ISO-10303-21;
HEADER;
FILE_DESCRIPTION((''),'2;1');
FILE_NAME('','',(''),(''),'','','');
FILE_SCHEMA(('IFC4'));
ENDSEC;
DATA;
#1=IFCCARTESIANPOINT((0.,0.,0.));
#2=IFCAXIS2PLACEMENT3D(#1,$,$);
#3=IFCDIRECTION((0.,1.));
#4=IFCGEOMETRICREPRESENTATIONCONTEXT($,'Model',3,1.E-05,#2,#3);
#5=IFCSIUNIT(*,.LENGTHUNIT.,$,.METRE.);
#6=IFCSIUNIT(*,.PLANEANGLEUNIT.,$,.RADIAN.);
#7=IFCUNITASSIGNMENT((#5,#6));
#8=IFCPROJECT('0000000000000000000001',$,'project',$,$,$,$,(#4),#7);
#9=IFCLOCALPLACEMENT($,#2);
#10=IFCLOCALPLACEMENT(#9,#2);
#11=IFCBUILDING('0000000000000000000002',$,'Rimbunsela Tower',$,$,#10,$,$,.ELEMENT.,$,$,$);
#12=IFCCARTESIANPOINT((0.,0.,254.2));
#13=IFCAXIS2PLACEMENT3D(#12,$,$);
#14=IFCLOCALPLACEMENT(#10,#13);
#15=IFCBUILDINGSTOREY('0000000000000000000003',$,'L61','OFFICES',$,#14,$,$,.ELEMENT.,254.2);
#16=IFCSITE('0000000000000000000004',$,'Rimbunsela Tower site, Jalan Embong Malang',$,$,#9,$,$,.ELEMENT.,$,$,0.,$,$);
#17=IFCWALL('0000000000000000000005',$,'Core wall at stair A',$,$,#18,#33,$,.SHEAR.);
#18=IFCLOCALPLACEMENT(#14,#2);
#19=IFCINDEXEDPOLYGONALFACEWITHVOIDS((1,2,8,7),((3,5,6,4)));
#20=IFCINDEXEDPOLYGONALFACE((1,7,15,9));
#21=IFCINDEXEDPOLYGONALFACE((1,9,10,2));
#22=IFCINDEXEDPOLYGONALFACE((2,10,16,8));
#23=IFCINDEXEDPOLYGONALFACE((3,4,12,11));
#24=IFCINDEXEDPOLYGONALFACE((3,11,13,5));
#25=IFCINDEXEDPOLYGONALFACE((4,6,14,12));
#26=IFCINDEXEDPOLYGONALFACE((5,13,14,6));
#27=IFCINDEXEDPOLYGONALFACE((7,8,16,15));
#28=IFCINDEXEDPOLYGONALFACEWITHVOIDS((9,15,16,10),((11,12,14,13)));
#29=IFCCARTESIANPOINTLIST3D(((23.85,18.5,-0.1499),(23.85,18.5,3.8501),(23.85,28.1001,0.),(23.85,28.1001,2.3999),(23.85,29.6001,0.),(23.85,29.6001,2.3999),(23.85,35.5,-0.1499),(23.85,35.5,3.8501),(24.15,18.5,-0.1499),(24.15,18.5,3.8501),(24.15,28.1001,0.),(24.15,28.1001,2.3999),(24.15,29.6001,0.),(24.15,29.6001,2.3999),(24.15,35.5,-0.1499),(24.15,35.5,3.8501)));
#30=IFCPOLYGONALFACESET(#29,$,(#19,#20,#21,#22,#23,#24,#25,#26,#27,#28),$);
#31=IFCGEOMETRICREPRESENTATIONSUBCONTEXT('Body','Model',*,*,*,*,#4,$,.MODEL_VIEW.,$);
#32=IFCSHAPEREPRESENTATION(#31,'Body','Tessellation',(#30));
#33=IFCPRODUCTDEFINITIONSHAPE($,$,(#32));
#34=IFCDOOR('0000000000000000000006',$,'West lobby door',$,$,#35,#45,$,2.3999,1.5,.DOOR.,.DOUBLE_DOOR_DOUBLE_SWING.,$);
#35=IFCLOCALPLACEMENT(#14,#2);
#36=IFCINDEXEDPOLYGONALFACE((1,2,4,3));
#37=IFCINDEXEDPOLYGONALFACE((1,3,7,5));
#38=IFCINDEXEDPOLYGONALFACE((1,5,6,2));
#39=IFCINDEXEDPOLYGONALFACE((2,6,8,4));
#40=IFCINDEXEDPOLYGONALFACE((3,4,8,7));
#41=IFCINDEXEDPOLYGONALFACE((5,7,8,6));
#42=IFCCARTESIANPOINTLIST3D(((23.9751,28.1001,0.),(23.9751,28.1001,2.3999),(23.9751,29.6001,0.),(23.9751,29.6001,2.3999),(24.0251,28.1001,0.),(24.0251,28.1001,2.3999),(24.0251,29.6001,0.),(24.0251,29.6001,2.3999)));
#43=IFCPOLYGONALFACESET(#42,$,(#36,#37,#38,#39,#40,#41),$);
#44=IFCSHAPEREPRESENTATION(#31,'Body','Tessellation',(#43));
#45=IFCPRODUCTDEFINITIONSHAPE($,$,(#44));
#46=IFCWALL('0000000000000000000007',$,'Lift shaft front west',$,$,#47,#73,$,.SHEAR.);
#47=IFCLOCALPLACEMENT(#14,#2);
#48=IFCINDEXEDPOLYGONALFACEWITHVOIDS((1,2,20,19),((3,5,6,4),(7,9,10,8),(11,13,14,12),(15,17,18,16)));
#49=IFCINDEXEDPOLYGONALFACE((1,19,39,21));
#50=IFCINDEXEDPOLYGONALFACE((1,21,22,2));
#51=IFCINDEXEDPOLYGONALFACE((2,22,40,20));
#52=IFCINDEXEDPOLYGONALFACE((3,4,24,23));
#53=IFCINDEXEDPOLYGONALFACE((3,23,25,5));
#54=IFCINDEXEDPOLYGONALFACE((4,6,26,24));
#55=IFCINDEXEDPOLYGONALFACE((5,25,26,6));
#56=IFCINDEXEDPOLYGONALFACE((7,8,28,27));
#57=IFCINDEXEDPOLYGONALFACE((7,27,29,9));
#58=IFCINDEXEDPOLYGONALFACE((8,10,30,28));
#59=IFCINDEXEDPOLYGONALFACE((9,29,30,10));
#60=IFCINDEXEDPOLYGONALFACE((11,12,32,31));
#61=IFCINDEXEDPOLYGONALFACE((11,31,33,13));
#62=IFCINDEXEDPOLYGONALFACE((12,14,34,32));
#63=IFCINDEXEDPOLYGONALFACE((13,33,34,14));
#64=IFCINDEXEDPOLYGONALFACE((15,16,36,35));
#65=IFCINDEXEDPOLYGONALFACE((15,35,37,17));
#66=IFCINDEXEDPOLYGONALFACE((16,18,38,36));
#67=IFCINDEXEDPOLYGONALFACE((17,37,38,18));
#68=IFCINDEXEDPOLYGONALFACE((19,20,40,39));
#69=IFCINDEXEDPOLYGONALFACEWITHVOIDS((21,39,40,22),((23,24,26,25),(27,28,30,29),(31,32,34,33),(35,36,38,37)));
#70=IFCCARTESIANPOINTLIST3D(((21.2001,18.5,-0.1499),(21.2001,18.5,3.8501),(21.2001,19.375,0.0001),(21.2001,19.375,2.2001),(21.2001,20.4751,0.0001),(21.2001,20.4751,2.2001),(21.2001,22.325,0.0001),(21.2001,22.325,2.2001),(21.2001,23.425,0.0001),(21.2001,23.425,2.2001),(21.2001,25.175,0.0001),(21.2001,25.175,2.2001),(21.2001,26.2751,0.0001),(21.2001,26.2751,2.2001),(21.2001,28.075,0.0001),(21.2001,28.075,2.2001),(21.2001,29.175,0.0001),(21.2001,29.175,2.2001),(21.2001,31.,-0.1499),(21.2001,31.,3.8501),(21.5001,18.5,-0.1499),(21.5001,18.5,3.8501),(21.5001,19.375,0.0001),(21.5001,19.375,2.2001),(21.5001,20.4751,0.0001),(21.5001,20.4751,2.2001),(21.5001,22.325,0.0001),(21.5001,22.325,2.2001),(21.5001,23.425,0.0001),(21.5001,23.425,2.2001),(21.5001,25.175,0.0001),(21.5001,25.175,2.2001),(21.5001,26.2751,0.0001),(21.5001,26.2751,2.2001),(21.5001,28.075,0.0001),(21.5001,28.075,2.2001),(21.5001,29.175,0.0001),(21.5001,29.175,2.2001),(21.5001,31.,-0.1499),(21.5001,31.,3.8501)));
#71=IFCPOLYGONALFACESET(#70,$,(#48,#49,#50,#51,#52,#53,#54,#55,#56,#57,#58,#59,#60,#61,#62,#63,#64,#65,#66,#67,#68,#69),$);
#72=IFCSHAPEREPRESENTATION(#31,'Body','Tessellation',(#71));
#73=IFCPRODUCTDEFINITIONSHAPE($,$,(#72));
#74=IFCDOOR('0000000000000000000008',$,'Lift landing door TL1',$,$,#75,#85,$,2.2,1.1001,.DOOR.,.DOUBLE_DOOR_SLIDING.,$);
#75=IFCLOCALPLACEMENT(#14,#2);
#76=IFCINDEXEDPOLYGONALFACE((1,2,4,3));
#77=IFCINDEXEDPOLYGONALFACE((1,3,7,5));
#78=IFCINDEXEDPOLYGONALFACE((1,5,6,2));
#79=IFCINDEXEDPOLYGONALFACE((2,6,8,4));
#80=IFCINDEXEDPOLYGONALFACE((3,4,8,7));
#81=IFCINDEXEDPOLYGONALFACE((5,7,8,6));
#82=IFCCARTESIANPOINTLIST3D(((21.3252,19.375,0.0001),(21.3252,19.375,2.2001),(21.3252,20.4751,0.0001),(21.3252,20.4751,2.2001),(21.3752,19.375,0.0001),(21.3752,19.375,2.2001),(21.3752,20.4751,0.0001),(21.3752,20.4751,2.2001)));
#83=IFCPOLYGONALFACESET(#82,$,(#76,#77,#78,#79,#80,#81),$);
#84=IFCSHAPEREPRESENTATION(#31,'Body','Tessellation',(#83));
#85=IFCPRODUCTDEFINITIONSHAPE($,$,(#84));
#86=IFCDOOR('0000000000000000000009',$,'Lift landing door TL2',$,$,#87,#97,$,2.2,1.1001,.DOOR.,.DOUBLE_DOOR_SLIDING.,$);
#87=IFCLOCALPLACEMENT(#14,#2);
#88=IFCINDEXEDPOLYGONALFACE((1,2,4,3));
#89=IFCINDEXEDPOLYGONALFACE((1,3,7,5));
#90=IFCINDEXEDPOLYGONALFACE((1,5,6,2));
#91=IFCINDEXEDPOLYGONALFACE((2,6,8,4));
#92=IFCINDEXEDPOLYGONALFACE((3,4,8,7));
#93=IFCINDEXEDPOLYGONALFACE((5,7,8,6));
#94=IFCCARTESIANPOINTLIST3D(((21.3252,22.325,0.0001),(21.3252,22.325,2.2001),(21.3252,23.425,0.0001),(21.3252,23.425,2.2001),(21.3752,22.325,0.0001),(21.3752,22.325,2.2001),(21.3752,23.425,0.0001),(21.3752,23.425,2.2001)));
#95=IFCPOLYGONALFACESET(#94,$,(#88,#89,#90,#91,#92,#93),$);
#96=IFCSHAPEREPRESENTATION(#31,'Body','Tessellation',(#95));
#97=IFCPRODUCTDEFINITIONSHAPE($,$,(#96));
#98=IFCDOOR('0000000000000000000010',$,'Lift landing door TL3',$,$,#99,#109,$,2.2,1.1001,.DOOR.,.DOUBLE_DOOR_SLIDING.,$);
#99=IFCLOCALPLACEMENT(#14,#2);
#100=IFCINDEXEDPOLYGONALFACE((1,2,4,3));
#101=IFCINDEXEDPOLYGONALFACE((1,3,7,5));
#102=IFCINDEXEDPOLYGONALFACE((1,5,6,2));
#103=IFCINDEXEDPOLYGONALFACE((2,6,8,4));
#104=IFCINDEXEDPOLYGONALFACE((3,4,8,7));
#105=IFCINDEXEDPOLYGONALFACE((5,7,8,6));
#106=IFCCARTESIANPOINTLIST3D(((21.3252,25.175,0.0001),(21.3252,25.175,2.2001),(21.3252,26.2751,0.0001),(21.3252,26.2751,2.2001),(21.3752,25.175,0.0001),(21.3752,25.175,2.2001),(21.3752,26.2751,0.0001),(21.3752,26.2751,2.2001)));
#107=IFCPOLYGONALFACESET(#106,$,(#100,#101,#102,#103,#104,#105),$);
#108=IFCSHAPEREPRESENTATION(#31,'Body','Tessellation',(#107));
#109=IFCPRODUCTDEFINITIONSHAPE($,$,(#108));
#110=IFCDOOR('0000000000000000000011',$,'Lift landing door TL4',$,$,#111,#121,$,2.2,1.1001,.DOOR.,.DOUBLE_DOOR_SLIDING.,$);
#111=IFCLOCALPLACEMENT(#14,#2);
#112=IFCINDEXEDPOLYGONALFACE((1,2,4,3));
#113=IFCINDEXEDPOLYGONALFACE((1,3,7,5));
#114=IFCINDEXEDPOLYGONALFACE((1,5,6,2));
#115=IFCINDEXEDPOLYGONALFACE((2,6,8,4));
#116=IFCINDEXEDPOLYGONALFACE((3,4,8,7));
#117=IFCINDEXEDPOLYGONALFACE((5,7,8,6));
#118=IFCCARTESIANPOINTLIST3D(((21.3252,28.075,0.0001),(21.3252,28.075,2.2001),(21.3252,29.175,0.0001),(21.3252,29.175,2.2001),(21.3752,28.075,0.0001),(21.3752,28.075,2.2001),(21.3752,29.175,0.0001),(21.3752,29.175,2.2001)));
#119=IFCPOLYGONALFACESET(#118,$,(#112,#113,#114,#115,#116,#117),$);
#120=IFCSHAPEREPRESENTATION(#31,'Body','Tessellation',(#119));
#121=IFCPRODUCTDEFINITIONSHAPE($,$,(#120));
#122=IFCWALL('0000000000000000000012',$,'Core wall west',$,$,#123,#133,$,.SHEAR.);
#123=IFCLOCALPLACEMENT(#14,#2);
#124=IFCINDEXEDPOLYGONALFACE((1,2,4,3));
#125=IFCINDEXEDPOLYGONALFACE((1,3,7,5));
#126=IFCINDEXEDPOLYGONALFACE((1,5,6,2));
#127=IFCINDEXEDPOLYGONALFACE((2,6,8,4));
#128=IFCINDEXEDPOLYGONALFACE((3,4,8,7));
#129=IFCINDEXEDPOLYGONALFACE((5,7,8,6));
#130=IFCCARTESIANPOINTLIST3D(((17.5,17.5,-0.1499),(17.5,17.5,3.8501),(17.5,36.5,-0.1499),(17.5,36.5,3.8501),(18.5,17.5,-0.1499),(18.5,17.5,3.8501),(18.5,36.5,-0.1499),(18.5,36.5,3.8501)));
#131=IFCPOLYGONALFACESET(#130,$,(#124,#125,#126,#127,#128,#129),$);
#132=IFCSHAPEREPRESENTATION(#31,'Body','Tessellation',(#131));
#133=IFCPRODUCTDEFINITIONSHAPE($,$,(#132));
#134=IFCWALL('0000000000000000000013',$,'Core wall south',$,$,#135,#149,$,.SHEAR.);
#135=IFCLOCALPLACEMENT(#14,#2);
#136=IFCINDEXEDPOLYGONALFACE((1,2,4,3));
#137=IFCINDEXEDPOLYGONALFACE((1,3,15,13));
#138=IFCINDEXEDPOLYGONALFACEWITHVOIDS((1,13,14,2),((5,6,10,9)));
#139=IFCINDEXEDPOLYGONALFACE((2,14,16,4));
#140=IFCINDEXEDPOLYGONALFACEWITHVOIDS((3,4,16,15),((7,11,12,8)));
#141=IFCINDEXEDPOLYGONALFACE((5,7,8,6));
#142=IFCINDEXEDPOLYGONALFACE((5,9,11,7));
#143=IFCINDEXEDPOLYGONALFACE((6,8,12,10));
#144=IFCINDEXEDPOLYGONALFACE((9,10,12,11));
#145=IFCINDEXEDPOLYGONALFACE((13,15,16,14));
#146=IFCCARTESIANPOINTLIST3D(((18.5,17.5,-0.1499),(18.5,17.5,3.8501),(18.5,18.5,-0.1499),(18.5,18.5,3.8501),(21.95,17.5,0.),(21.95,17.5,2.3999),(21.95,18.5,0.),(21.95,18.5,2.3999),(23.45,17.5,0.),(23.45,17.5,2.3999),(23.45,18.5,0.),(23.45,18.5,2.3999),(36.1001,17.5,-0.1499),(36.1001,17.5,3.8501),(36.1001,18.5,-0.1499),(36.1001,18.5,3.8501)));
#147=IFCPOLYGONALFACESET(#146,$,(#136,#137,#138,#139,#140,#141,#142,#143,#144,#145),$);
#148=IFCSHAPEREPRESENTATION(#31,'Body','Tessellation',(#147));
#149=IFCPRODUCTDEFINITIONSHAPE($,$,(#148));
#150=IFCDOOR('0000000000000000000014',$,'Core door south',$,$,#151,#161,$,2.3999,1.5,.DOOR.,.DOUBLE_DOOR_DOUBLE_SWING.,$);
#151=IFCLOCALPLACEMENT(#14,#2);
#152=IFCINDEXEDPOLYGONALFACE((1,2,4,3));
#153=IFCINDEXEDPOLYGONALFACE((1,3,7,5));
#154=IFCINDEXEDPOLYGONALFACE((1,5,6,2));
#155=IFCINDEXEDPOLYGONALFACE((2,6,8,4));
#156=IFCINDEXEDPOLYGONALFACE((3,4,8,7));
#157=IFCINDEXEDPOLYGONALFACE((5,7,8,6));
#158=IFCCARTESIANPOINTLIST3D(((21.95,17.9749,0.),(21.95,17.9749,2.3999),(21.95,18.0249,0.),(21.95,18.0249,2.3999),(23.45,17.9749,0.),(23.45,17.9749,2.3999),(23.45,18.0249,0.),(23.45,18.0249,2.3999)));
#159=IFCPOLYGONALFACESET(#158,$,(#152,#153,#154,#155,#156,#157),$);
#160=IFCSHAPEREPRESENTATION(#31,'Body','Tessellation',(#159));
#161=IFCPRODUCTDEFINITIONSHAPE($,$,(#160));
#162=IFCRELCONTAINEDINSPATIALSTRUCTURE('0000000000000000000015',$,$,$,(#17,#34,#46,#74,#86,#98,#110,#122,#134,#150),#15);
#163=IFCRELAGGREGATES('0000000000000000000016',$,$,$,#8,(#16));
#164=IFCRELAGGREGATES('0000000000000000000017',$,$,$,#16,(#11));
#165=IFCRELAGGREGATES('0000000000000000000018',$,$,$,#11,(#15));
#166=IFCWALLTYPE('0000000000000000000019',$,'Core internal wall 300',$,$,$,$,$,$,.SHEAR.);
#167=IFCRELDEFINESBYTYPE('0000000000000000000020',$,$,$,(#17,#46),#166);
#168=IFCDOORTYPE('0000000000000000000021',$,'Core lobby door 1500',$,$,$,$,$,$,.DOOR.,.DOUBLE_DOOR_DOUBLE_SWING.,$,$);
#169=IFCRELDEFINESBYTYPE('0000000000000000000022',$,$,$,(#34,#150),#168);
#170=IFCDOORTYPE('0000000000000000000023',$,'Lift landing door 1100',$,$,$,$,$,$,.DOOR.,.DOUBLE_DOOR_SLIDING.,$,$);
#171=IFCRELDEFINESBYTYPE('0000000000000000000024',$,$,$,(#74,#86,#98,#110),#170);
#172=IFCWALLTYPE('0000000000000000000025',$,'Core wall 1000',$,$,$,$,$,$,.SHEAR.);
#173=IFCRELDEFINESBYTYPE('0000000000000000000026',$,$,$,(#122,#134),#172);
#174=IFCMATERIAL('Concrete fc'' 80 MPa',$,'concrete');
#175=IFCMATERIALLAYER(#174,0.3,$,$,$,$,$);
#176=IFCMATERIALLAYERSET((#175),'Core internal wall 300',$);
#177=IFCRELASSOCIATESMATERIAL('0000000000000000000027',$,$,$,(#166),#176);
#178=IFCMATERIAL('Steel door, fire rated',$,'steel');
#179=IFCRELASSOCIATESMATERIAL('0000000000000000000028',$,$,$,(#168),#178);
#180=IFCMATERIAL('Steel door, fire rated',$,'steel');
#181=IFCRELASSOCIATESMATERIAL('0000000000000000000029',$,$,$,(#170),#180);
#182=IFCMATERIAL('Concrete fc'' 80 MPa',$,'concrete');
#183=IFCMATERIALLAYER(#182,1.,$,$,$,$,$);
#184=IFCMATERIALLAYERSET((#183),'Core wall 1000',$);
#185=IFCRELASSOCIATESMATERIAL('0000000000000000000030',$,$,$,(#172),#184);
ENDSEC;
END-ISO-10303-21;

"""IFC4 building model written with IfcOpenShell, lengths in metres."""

from ifc_helpers import new_model, si_unit, direction, frame, frame_2d, origin, place, context, subcontext, project, spatial, rectangle, extrude, material, layer, layer_set, type_object, element, fill, save


model = new_model("IFC4")

# Units and contexts
model_context = context("Model", 3, precision=1e-05, world=origin(), true_north=direction((0.0, 1.0)))
body_context = subcontext(model_context, "Body", "Model", "MODEL_VIEW")
ifc_project = project(units=[si_unit("LENGTHUNIT", "METRE"), si_unit("PLANEANGLEUNIT", "RADIAN")], contexts=[model_context])

# Site, building, storey
site_placement = place(None, origin())
site = spatial("IfcSite", under=ifc_project, at=site_placement, Name="Rimbunsela Tower site, Jalan Embong Malang", CompositionType="ELEMENT", RefElevation=0.0)
building_placement = place(site_placement, origin())
building = spatial("IfcBuilding", under=site, at=building_placement, Name="Rimbunsela Tower", CompositionType="ELEMENT")
storey_placement = place(building_placement, frame((0.0, 0.0, 254.2)))
storey = spatial("IfcBuildingStorey", under=building, at=storey_placement, Name="L61", Description="OFFICES", CompositionType="ELEMENT", Elevation=254.2)

# Wall, opening, door
ifc_material_1 = material(Name="Concrete fc' 80 MPa", Category="concrete")
ifc_layer_1 = layer(ifc_material_1, 0.3)
ifc_layer_set_1 = layer_set([ifc_layer_1], Name="Core internal wall 300")
wall_type_1 = type_object("IfcWallType", Name="Core internal wall 300", PredefinedType="SHEAR", material=ifc_layer_set_1)
wall_1_placement = place(storey_placement, frame((24.0, 18.5, -0.1499), z_axis=(0.0, 0.0, 1.0), x_axis=(0.0, 1.0, 0.0)))
wall_1 = element("IfcWall", 1, at=wall_1_placement, inside=storey, type_object=wall_type_1, Name="Core wall at stair A", PredefinedType="SHEAR", context=body_context, shape_type="SweptSolid", body=[
    extrude(rectangle(XDim=17.0, YDim=0.3, at=frame_2d((8.5, 0.0))), origin(), (0.0, 0.0, 1.0), 4.0),
])
opening_1_placement = place(wall_1_placement, frame((9.6001, 0.0, 0.1499)))
opening_1 = element("IfcOpeningElement", 2, at=opening_1_placement, cuts=wall_1, PredefinedType="OPENING", context=body_context, shape_type="SweptSolid", body=[
    extrude(rectangle(XDim=1.5, YDim=2.3999, at=frame_2d((0.75, 1.2))), frame((0.0, 0.1599, 0.0), z_axis=(0.0, -1.0, 0.0), x_axis=(1.0, 0.0, 0.0)), (0.0, 0.0, 1.0), 0.3201),
])
ifc_material_2 = material(Name="Steel door, fire rated", Category="steel")
door_type_1 = type_object("IfcDoorType", Name="Core lobby door 1500", OperationType="DOUBLE_DOOR_DOUBLE_SWING", PredefinedType="DOOR", material=ifc_material_2)
door_1_placement = place(opening_1_placement, origin())
door_1 = element("IfcDoor", 3, at=door_1_placement, inside=storey, type_object=door_type_1, Name="West lobby door", OperationType="DOUBLE_DOOR_DOUBLE_SWING", OverallHeight=2.3999, OverallWidth=1.5, PredefinedType="DOOR", context=body_context, shape_type="SweptSolid", body=[
    extrude(rectangle(XDim=1.5, YDim=2.3999, at=frame_2d((0.75, 1.2))), frame((0.0, 0.0249, 0.0), z_axis=(0.0, -1.0, 0.0), x_axis=(1.0, 0.0, 0.0)), (0.0, 0.0, 1.0), 0.05),
])
fill(opening_1, door_1)

# Wall, openings, doors
wall_2_placement = place(storey_placement, frame((21.3501, 18.5, -0.1499), z_axis=(0.0, 0.0, 1.0), x_axis=(0.0, 1.0, 0.0)))
wall_2 = element("IfcWall", 4, at=wall_2_placement, inside=storey, type_object=wall_type_1, Name="Lift shaft front west", PredefinedType="SHEAR", context=body_context, shape_type="SweptSolid", body=[
    extrude(rectangle(XDim=12.5, YDim=0.3, at=frame_2d((6.25, 0.0))), origin(), (0.0, 0.0, 1.0), 4.0),
])
opening_2_placement = place(wall_2_placement, frame((0.875, 0.0, 0.1499)))
opening_2 = element("IfcOpeningElement", 5, at=opening_2_placement, cuts=wall_2, PredefinedType="OPENING", context=body_context, shape_type="SweptSolid", body=[
    extrude(rectangle(XDim=1.1001, YDim=2.2, at=frame_2d((0.55, 1.1001))), frame((0.0, 0.1599, 0.0), z_axis=(0.0, -1.0, 0.0), x_axis=(1.0, 0.0, 0.0)), (0.0, 0.0, 1.0), 0.3201),
])
opening_3_placement = place(wall_2_placement, frame((3.825, 0.0, 0.1499)))
opening_3 = element("IfcOpeningElement", 6, at=opening_3_placement, cuts=wall_2, PredefinedType="OPENING", context=body_context, shape_type="SweptSolid", body=[
    extrude(rectangle(XDim=1.1001, YDim=2.2, at=frame_2d((0.55, 1.1001))), frame((0.0, 0.1599, 0.0), z_axis=(0.0, -1.0, 0.0), x_axis=(1.0, 0.0, 0.0)), (0.0, 0.0, 1.0), 0.3201),
])
opening_4_placement = place(wall_2_placement, frame((6.675, 0.0, 0.1499)))
opening_4 = element("IfcOpeningElement", 7, at=opening_4_placement, cuts=wall_2, PredefinedType="OPENING", context=body_context, shape_type="SweptSolid", body=[
    extrude(rectangle(XDim=1.1001, YDim=2.2, at=frame_2d((0.55, 1.1001))), frame((0.0, 0.1599, 0.0), z_axis=(0.0, -1.0, 0.0), x_axis=(1.0, 0.0, 0.0)), (0.0, 0.0, 1.0), 0.3201),
])
opening_5_placement = place(wall_2_placement, frame((9.575, 0.0, 0.1499)))
opening_5 = element("IfcOpeningElement", 8, at=opening_5_placement, cuts=wall_2, PredefinedType="OPENING", context=body_context, shape_type="SweptSolid", body=[
    extrude(rectangle(XDim=1.1001, YDim=2.2, at=frame_2d((0.55, 1.1001))), frame((0.0, 0.1599, 0.0), z_axis=(0.0, -1.0, 0.0), x_axis=(1.0, 0.0, 0.0)), (0.0, 0.0, 1.0), 0.3201),
])
ifc_material_3 = material(Name="Steel door, fire rated", Category="steel")
door_type_2 = type_object("IfcDoorType", Name="Lift landing door 1100", OperationType="DOUBLE_DOOR_SLIDING", PredefinedType="DOOR", material=ifc_material_3)
door_2_placement = place(opening_2_placement, origin())
door_2 = element("IfcDoor", 9, at=door_2_placement, inside=storey, type_object=door_type_2, Name="Lift landing door TL1", OperationType="DOUBLE_DOOR_SLIDING", OverallHeight=2.2, OverallWidth=1.1001, PredefinedType="DOOR", context=body_context, shape_type="SweptSolid", body=[
    extrude(rectangle(XDim=1.1001, YDim=2.2, at=frame_2d((0.55, 1.1001))), frame((0.0, 0.0249, 0.0), z_axis=(0.0, -1.0, 0.0), x_axis=(1.0, 0.0, 0.0)), (0.0, 0.0, 1.0), 0.05),
])
fill(opening_2, door_2)
door_3_placement = place(opening_3_placement, origin())
door_3 = element("IfcDoor", 10, at=door_3_placement, inside=storey, type_object=door_type_2, Name="Lift landing door TL2", OperationType="DOUBLE_DOOR_SLIDING", OverallHeight=2.2, OverallWidth=1.1001, PredefinedType="DOOR", context=body_context, shape_type="SweptSolid", body=[
    extrude(rectangle(XDim=1.1001, YDim=2.2, at=frame_2d((0.55, 1.1001))), frame((0.0, 0.0249, 0.0), z_axis=(0.0, -1.0, 0.0), x_axis=(1.0, 0.0, 0.0)), (0.0, 0.0, 1.0), 0.05),
])
fill(opening_3, door_3)
door_4_placement = place(opening_4_placement, origin())
door_4 = element("IfcDoor", 11, at=door_4_placement, inside=storey, type_object=door_type_2, Name="Lift landing door TL3", OperationType="DOUBLE_DOOR_SLIDING", OverallHeight=2.2, OverallWidth=1.1001, PredefinedType="DOOR", context=body_context, shape_type="SweptSolid", body=[
    extrude(rectangle(XDim=1.1001, YDim=2.2, at=frame_2d((0.55, 1.1001))), frame((0.0, 0.0249, 0.0), z_axis=(0.0, -1.0, 0.0), x_axis=(1.0, 0.0, 0.0)), (0.0, 0.0, 1.0), 0.05),
])
fill(opening_4, door_4)
door_5_placement = place(opening_5_placement, origin())
door_5 = element("IfcDoor", 12, at=door_5_placement, inside=storey, type_object=door_type_2, Name="Lift landing door TL4", OperationType="DOUBLE_DOOR_SLIDING", OverallHeight=2.2, OverallWidth=1.1001, PredefinedType="DOOR", context=body_context, shape_type="SweptSolid", body=[
    extrude(rectangle(XDim=1.1001, YDim=2.2, at=frame_2d((0.55, 1.1001))), frame((0.0, 0.0249, 0.0), z_axis=(0.0, -1.0, 0.0), x_axis=(1.0, 0.0, 0.0)), (0.0, 0.0, 1.0), 0.05),
])
fill(opening_5, door_5)

# Wall
ifc_material_4 = material(Name="Concrete fc' 80 MPa", Category="concrete")
ifc_layer_2 = layer(ifc_material_4, 1.0)
ifc_layer_set_2 = layer_set([ifc_layer_2], Name="Core wall 1000")
wall_type_2 = type_object("IfcWallType", Name="Core wall 1000", PredefinedType="SHEAR", material=ifc_layer_set_2)
wall_3_placement = place(storey_placement, frame((18.0, 17.5, -0.1499), z_axis=(0.0, 0.0, 1.0), x_axis=(0.0, 1.0, 0.0)))
element("IfcWall", 13, at=wall_3_placement, inside=storey, type_object=wall_type_2, Name="Core wall west", PredefinedType="SHEAR", context=body_context, shape_type="SweptSolid", body=[
    extrude(rectangle(XDim=19.0, YDim=1.0, at=frame_2d((9.5, 0.0))), origin(), (0.0, 0.0, 1.0), 4.0),
])

# Wall, opening, door
wall_4_placement = place(storey_placement, frame((18.5, 18.0, -0.1499), z_axis=(0.0, 0.0, 1.0), x_axis=(1.0, 0.0, 0.0)))
wall_4 = element("IfcWall", 14, at=wall_4_placement, inside=storey, type_object=wall_type_2, Name="Core wall south", PredefinedType="SHEAR", context=body_context, shape_type="SweptSolid", body=[
    extrude(rectangle(XDim=17.6001, YDim=1.0, at=frame_2d((8.8, 0.0))), origin(), (0.0, 0.0, 1.0), 4.0),
])
opening_6_placement = place(wall_4_placement, frame((3.45, 0.0, 0.1499)))
opening_6 = element("IfcOpeningElement", 15, at=opening_6_placement, cuts=wall_4, PredefinedType="OPENING", context=body_context, shape_type="SweptSolid", body=[
    extrude(rectangle(XDim=1.5, YDim=2.3999, at=frame_2d((0.75, 1.2))), frame((0.0, 0.51, 0.0), z_axis=(0.0, -1.0, 0.0), x_axis=(1.0, 0.0, 0.0)), (0.0, 0.0, 1.0), 1.02),
])
door_6_placement = place(opening_6_placement, origin())
door_6 = element("IfcDoor", 16, at=door_6_placement, inside=storey, type_object=door_type_1, Name="Core door south", OperationType="DOUBLE_DOOR_DOUBLE_SWING", OverallHeight=2.3999, OverallWidth=1.5, PredefinedType="DOOR", context=body_context, shape_type="SweptSolid", body=[
    extrude(rectangle(XDim=1.5, YDim=2.3999, at=frame_2d((0.75, 1.2))), frame((0.0, 0.0249, 0.0), z_axis=(0.0, -1.0, 0.0), x_axis=(1.0, 0.0, 0.0)), (0.0, 0.0, 1.0), 0.05),
])
fill(opening_6, door_6)

save(model, "model.ifc")
